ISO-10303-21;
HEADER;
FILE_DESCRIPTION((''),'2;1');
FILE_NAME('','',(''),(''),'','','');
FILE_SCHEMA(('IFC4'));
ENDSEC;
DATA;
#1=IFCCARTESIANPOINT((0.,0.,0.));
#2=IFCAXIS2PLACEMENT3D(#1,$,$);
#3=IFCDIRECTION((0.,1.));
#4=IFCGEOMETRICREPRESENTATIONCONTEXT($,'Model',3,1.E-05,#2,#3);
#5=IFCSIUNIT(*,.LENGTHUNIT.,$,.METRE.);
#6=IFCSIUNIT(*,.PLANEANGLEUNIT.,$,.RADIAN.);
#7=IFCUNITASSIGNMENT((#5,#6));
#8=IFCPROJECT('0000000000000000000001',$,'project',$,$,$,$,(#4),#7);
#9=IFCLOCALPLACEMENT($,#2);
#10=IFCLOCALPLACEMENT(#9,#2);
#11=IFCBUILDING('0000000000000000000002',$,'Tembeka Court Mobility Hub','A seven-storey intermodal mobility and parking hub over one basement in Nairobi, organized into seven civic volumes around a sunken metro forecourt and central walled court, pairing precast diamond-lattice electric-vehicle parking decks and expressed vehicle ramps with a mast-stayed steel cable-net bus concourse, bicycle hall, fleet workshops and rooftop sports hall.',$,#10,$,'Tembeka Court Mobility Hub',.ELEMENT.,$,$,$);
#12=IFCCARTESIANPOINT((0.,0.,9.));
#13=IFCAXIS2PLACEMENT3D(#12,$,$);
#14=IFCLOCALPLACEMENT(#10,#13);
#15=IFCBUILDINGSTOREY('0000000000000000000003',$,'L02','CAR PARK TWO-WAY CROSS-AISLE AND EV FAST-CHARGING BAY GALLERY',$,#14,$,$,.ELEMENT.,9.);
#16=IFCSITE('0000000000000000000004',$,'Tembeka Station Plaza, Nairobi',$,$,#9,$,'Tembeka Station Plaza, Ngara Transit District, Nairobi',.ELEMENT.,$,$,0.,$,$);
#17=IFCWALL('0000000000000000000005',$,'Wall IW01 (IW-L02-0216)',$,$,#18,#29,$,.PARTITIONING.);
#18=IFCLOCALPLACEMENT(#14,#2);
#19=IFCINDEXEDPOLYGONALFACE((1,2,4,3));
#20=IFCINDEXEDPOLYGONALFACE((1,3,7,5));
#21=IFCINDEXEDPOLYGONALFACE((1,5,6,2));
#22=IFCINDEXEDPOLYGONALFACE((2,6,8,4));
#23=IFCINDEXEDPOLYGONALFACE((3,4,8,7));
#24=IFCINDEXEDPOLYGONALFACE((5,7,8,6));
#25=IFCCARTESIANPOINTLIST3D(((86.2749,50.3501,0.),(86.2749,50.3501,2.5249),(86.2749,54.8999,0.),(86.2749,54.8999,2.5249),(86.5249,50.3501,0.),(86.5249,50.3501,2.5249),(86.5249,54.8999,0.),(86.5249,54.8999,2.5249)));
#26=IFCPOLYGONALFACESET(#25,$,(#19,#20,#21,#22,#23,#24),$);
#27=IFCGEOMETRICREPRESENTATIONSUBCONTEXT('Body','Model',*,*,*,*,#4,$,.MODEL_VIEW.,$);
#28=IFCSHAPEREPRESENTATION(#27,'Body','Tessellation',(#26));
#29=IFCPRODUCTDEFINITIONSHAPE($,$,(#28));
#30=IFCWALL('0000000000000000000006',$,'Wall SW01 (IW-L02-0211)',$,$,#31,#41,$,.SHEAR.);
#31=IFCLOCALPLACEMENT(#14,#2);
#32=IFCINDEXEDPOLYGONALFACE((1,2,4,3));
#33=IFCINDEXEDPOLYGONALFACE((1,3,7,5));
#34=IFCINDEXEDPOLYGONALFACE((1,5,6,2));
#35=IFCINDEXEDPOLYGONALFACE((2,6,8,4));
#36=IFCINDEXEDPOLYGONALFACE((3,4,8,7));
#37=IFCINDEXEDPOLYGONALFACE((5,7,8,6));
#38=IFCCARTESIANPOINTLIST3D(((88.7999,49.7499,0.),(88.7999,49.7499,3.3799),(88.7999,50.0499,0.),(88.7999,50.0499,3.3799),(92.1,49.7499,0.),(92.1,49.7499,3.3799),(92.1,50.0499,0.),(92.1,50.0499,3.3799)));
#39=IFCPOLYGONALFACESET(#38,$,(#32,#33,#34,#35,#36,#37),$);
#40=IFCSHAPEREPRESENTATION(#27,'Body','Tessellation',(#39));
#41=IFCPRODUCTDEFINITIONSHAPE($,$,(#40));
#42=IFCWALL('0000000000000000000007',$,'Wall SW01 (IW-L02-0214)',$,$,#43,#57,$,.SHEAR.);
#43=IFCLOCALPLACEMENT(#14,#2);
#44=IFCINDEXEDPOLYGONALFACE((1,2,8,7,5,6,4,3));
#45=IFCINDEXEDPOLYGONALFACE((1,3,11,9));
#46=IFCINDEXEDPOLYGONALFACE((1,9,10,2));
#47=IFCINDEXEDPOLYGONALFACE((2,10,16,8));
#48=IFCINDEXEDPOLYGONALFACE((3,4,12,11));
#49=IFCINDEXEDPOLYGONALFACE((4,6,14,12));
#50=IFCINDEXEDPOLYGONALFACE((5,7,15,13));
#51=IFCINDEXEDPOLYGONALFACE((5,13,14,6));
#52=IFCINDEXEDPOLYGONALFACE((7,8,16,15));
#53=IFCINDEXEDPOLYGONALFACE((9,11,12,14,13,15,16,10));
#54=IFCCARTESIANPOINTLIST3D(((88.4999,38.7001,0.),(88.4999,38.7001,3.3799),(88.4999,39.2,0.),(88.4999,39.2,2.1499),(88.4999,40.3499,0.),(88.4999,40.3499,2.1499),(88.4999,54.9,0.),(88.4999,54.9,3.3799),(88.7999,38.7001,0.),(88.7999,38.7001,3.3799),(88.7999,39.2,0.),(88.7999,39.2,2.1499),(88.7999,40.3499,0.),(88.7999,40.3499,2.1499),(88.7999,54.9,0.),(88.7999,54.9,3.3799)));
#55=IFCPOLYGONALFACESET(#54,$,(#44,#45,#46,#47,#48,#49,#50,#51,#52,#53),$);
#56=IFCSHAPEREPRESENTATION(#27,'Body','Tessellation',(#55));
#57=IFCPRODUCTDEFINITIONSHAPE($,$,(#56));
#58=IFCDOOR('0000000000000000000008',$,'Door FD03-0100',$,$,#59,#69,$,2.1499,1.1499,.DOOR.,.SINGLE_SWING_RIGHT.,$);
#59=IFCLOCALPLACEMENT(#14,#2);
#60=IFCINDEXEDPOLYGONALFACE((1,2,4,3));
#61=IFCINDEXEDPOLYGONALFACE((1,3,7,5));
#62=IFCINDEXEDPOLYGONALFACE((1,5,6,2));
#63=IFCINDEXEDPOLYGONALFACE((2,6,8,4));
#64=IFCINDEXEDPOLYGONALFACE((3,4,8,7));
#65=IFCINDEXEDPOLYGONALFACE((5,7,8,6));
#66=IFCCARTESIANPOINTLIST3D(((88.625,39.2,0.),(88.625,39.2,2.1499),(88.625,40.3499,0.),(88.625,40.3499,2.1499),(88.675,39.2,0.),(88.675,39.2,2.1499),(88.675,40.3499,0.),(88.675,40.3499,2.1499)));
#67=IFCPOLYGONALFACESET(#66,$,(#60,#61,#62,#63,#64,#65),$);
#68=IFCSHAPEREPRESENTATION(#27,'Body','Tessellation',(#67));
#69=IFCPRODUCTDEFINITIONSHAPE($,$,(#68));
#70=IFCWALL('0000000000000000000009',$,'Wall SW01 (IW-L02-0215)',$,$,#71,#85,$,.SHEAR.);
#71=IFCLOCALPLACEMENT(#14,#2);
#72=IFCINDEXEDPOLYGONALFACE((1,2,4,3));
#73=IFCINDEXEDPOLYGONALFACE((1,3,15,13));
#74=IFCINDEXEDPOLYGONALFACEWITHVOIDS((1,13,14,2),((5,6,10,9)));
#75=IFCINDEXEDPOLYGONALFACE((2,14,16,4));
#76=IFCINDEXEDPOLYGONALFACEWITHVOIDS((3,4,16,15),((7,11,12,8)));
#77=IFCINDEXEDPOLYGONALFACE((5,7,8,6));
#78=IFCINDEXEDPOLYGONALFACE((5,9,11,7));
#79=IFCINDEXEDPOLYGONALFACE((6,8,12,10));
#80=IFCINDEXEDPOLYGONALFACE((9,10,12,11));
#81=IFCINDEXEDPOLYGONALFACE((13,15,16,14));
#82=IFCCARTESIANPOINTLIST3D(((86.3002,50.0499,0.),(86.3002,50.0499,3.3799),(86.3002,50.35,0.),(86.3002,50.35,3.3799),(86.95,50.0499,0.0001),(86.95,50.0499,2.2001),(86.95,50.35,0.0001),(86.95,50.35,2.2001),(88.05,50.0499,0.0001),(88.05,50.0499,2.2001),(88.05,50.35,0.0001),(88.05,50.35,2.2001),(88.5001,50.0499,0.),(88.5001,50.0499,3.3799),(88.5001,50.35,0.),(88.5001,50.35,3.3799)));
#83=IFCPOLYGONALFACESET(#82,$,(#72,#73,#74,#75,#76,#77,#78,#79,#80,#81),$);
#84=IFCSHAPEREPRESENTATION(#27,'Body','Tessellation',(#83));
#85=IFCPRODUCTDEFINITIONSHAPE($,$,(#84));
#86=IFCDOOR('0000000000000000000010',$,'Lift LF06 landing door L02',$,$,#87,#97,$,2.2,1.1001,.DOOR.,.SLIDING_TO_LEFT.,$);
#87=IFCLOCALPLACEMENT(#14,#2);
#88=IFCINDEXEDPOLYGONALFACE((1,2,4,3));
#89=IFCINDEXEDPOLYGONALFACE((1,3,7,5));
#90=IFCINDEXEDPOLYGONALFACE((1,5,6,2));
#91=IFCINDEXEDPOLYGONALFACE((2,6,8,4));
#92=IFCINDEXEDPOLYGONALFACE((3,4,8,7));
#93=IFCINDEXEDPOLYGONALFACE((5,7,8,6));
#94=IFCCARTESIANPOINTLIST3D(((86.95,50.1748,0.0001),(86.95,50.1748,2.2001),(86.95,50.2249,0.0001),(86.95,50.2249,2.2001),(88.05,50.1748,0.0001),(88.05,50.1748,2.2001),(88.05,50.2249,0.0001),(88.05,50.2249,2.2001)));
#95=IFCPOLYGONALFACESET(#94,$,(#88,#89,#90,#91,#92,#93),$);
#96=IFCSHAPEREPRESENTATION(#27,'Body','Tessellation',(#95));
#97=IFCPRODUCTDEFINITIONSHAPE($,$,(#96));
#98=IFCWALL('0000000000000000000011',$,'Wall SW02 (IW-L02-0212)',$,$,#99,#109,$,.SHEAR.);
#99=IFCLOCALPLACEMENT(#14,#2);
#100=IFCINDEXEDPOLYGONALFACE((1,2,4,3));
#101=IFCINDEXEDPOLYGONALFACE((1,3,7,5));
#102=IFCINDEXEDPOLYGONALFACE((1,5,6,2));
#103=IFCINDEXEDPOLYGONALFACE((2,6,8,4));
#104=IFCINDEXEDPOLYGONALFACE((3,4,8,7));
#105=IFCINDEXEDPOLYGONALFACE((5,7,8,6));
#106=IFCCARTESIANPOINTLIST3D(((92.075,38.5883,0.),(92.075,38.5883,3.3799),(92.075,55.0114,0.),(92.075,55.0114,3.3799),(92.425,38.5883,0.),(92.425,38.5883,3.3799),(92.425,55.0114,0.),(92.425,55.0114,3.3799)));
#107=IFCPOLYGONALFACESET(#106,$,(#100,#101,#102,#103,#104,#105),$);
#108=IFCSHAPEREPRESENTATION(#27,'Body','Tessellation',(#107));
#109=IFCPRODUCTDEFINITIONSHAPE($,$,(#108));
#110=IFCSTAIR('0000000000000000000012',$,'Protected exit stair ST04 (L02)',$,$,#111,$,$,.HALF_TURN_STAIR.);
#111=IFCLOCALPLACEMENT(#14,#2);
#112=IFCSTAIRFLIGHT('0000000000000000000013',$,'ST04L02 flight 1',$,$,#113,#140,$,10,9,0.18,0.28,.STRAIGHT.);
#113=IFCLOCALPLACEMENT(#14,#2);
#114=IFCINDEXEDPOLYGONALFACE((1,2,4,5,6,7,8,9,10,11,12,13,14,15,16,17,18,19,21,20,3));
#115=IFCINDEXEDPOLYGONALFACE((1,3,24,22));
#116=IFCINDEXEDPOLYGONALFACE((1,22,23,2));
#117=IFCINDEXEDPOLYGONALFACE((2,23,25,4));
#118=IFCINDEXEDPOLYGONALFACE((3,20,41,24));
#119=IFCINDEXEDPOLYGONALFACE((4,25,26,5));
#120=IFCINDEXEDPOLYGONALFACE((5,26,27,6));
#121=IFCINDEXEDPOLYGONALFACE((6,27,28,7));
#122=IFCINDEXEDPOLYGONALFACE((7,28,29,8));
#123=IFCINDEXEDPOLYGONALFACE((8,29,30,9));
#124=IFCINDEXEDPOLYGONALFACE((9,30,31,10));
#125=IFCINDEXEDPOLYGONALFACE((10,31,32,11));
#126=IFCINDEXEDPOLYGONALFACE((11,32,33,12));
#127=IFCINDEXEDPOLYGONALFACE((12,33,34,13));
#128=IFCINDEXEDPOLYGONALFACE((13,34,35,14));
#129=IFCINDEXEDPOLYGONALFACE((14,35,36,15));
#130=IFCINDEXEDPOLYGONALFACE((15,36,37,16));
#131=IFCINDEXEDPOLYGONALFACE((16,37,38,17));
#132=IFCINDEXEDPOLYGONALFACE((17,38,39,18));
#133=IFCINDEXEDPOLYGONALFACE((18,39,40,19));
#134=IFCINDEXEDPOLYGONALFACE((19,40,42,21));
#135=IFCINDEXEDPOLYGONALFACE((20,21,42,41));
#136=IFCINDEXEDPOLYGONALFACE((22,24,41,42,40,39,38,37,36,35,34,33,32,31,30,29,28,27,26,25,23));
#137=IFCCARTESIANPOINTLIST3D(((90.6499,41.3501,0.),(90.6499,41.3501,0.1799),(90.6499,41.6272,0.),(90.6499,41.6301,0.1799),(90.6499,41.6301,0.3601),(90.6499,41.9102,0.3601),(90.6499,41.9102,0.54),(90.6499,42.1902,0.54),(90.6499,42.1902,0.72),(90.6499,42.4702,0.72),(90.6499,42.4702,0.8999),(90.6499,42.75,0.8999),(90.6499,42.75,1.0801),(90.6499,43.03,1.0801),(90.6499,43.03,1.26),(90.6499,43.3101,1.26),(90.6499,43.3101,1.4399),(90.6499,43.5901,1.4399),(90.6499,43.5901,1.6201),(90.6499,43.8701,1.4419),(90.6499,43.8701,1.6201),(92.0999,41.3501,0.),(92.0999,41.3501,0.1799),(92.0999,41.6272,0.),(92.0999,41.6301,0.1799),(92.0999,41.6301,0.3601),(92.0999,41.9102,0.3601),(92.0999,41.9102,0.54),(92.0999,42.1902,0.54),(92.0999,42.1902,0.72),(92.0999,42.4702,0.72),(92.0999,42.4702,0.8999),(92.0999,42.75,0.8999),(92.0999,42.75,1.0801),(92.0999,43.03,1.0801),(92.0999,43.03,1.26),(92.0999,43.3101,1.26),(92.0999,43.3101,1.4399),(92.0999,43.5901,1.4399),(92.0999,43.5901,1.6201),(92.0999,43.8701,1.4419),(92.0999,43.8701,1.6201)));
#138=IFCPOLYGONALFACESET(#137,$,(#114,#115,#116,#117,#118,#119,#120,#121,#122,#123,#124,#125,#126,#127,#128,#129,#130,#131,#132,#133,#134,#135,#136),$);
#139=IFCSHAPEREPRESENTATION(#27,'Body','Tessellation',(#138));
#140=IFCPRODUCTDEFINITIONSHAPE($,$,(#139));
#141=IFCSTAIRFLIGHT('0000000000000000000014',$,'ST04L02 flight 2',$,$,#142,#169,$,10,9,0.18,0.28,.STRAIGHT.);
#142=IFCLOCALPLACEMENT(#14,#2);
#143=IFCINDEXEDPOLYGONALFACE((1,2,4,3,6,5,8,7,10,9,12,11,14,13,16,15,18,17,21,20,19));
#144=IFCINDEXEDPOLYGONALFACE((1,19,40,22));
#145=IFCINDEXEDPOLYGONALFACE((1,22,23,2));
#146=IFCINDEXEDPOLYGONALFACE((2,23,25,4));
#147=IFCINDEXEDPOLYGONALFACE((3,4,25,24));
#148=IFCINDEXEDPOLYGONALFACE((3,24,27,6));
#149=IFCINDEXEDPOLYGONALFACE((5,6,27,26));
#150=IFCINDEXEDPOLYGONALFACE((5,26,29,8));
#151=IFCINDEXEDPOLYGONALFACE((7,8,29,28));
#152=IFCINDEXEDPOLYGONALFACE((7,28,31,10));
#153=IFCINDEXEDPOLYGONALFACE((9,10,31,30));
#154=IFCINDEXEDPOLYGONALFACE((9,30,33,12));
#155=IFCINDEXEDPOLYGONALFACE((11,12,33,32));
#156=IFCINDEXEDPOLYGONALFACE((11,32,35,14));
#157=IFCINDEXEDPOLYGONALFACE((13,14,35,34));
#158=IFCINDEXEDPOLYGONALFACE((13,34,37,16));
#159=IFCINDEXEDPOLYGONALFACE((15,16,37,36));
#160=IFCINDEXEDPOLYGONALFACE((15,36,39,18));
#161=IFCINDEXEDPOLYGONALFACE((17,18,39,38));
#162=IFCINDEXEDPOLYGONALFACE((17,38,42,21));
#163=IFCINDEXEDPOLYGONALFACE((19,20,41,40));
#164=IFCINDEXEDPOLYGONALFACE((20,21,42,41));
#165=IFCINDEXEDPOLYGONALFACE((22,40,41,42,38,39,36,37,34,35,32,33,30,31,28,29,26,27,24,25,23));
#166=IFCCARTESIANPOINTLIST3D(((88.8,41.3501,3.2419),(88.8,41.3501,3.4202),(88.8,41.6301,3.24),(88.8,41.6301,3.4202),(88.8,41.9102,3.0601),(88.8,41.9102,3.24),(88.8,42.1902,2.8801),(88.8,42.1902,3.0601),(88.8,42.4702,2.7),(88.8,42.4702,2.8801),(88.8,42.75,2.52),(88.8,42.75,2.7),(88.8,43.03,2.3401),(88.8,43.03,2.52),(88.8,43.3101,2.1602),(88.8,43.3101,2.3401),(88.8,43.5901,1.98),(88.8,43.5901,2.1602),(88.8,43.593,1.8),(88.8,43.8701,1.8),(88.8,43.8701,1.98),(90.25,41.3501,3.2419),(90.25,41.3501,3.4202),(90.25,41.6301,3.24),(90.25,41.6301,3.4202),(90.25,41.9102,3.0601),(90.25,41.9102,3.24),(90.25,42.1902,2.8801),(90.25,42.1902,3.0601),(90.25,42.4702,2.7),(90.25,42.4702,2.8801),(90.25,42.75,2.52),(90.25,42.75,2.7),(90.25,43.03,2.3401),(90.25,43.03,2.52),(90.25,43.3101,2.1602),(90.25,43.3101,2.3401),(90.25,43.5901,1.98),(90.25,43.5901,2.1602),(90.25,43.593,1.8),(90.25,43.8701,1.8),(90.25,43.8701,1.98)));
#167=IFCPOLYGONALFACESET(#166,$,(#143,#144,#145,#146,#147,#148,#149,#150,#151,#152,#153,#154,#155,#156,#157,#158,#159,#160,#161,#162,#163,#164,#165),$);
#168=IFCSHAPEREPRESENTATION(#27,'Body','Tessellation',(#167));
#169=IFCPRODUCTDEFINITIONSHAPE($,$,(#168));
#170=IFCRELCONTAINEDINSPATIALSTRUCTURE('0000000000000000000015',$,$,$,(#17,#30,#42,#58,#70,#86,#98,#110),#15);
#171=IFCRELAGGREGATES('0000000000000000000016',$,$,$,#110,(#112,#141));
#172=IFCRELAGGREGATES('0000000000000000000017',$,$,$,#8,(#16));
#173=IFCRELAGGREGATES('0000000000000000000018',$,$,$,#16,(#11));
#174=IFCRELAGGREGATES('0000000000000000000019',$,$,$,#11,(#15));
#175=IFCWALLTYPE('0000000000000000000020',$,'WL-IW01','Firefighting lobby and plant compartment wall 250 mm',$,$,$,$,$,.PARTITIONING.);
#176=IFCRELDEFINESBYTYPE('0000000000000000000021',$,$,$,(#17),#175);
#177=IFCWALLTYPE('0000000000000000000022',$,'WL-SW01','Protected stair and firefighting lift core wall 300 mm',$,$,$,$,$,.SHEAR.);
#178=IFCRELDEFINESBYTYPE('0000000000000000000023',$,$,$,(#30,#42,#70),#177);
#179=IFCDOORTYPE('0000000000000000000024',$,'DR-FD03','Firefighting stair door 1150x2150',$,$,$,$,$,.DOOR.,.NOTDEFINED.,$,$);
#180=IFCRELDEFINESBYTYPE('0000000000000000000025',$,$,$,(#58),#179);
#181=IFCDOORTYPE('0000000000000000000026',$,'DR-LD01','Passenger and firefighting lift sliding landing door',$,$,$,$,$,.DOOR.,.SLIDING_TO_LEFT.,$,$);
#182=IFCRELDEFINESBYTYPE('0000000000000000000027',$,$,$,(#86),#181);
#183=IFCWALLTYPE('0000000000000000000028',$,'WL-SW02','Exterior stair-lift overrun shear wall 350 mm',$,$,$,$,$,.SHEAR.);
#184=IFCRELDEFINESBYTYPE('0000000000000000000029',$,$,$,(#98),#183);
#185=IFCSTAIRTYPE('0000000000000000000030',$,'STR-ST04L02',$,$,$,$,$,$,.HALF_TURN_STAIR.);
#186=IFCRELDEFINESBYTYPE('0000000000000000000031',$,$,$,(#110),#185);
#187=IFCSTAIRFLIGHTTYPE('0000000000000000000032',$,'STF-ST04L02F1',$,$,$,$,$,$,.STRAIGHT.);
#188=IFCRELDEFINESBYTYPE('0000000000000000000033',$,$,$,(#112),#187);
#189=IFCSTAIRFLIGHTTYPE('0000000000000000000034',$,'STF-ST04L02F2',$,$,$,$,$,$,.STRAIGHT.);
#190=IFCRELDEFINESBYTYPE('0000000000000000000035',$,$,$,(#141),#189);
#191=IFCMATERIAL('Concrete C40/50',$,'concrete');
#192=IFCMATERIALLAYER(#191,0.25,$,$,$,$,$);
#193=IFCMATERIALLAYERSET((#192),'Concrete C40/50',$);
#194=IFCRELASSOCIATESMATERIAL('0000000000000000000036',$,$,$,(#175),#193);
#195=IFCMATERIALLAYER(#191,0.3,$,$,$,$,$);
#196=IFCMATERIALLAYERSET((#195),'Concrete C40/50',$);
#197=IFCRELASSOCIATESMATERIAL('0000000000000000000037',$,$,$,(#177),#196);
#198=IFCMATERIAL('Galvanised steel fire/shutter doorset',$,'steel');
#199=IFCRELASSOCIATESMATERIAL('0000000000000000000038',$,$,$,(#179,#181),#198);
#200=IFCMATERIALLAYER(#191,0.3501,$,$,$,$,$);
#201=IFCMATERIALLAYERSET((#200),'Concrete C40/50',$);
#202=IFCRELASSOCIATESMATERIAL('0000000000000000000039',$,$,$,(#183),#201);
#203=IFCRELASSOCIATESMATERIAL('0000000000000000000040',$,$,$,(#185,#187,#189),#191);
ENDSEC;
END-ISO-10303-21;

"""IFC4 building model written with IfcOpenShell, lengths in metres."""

from ifc_helpers import new_model, si_unit, direction, frame, frame_2d, origin, place, context, subcontext, project, spatial, polyline, rectangle, outline, extrude, material, layer, layer_set, type_object, element, fill, aggregate, save


model = new_model("IFC4")

# Units and contexts
model_context = context("Model", 3, precision=1e-05, world=origin(), true_north=direction((0.0, 1.0)))
body_context = subcontext(model_context, "Body", "Model", "MODEL_VIEW")
ifc_project = project(units=[si_unit("LENGTHUNIT", "METRE"), si_unit("PLANEANGLEUNIT", "RADIAN")], contexts=[model_context])

# Site, building, storey
site_placement = place(None, origin())
site = spatial("IfcSite", under=ifc_project, at=site_placement, Name="Tembeka Station Plaza, Nairobi", LongName="Tembeka Station Plaza, Ngara Transit District, Nairobi", CompositionType="ELEMENT", RefElevation=0.0)
building_placement = place(site_placement, origin())
building = spatial("IfcBuilding", under=site, at=building_placement, Name="Tembeka Court Mobility Hub", Description="A seven-storey intermodal mobility and parking hub over one basement in Nairobi, organized into seven civic volumes around a sunken metro forecourt and central walled court, pairing precast diamond-lattice electric-vehicle parking decks and expressed vehicle ramps with a mast-stayed steel cable-net bus concourse, bicycle hall, fleet workshops and rooftop sports hall.", LongName="Tembeka Court Mobility Hub", CompositionType="ELEMENT")
storey_placement = place(building_placement, frame((0.0, 0.0, 9.0)))
storey = spatial("IfcBuildingStorey", under=building, at=storey_placement, Name="L02", Description="CAR PARK TWO-WAY CROSS-AISLE AND EV FAST-CHARGING BAY GALLERY", CompositionType="ELEMENT", Elevation=9.0)

# Walls
ifc_material_1 = material(Name="Concrete C40/50", Category="concrete")
ifc_layer_1 = layer(ifc_material_1, 0.25)
ifc_layer_set_1 = layer_set([ifc_layer_1], Name="Concrete C40/50")
wall_type_1 = type_object("IfcWallType", Name="WL-IW01", Description="Firefighting lobby and plant compartment wall 250 mm", PredefinedType="PARTITIONING", material=ifc_layer_set_1)
wall_1_placement = place(storey_placement, frame((86.3999, 50.3501, 0.0), z_axis=(0.0, 0.0, 1.0), x_axis=(0.0, 1.0, 0.0)))
element("IfcWall", 1, at=wall_1_placement, inside=storey, type_object=wall_type_1, Name="Wall IW01 (IW-L02-0216)", PredefinedType="PARTITIONING", context=body_context, shape_type="SweptSolid", body=[
    extrude(rectangle(XDim=4.5498, YDim=0.25, at=frame_2d((2.2749, 0.0))), origin(), (0.0, 0.0, 1.0), 2.5249),
])
ifc_layer_2 = layer(ifc_material_1, 0.3)
ifc_layer_set_2 = layer_set([ifc_layer_2], Name="Concrete C40/50")
wall_type_2 = type_object("IfcWallType", Name="WL-SW01", Description="Protected stair and firefighting lift core wall 300 mm", PredefinedType="SHEAR", material=ifc_layer_set_2)
wall_2_placement = place(storey_placement, frame((88.8, 49.8999, 0.0), z_axis=(0.0, 0.0, 1.0), x_axis=(1.0, 0.0, 0.0)))
element("IfcWall", 2, at=wall_2_placement, inside=storey, type_object=wall_type_2, Name="Wall SW01 (IW-L02-0211)", PredefinedType="SHEAR", context=body_context, shape_type="SweptSolid", body=[
    extrude(rectangle(XDim=3.3, YDim=0.3, at=frame_2d((1.6499, 0.0))), origin(), (0.0, 0.0, 1.0), 3.3799),
])

# Walls, openings, doors
wall_3_placement = place(storey_placement, frame((88.6499, 38.7, 0.0), z_axis=(0.0, 0.0, 1.0), x_axis=(0.0, 1.0, 0.0)))
wall_3 = element("IfcWall", 3, at=wall_3_placement, inside=storey, type_object=wall_type_2, Name="Wall SW01 (IW-L02-0214)", PredefinedType="SHEAR", context=body_context, shape_type="SweptSolid", body=[
    extrude(rectangle(XDim=16.2, YDim=0.3, at=frame_2d((8.1001, 0.0))), origin(), (0.0, 0.0, 1.0), 3.3799),
])
opening_1_placement = place(wall_3_placement, frame((0.5, 0.0, 0.0)))
opening_1 = element("IfcOpeningElement", 4, at=opening_1_placement, cuts=wall_3, PredefinedType="OPENING", context=body_context, shape_type="SweptSolid", body=[
    extrude(rectangle(XDim=1.1499, YDim=2.1499, at=frame_2d((0.575, 1.075))), frame((0.0, 0.1602, 0.0), z_axis=(0.0, -1.0, 0.0), x_axis=(1.0, 0.0, 0.0)), (0.0, 0.0, 1.0), 0.3201),
])
ifc_material_2 = material(Name="Galvanised steel fire/shutter doorset", Category="steel")
door_type_1 = type_object("IfcDoorType", Name="DR-FD03", Description="Firefighting stair door 1150x2150", OperationType="NOTDEFINED", PredefinedType="DOOR", material=ifc_material_2)
door_1_placement = place(opening_1_placement, origin())
door_1 = element("IfcDoor", 5, at=door_1_placement, inside=storey, type_object=door_type_1, Name="Door FD03-0100", OperationType="SINGLE_SWING_RIGHT", OverallHeight=2.1499, OverallWidth=1.1499, PredefinedType="DOOR", context=body_context, shape_type="SweptSolid", body=[
    extrude(rectangle(XDim=1.1499, YDim=2.1499, at=frame_2d((0.575, 1.075))), frame((0.0, 0.0249, 0.0), z_axis=(0.0, -1.0, 0.0), x_axis=(1.0, 0.0, 0.0)), (0.0, 0.0, 1.0), 0.05),
])
fill(opening_1, door_1)
wall_4_placement = place(storey_placement, frame((86.3, 50.2, 0.0), z_axis=(0.0, 0.0, 1.0), x_axis=(1.0, 0.0, 0.0)))
wall_4 = element("IfcWall", 6, at=wall_4_placement, inside=storey, type_object=wall_type_2, Name="Wall SW01 (IW-L02-0215)", PredefinedType="SHEAR", context=body_context, shape_type="SweptSolid", body=[
    extrude(rectangle(XDim=2.2, YDim=0.3, at=frame_2d((1.1001, 0.0))), origin(), (0.0, 0.0, 1.0), 3.3799),
])
opening_2_placement = place(wall_4_placement, frame((0.6499, 0.0, 0.0)))
opening_2 = element("IfcOpeningElement", 7, at=opening_2_placement, cuts=wall_4, PredefinedType="OPENING", context=body_context, shape_type="SweptSolid", body=[
    extrude(rectangle(XDim=1.1001, YDim=2.2, at=frame_2d((0.55, 1.1001))), frame((0.0, 0.1602, 0.0), z_axis=(0.0, -1.0, 0.0), x_axis=(1.0, 0.0, 0.0)), (0.0, 0.0, 1.0), 0.3201),
])
door_type_2 = type_object("IfcDoorType", Name="DR-LD01", Description="Passenger and firefighting lift sliding landing door", OperationType="SLIDING_TO_LEFT", PredefinedType="DOOR", material=ifc_material_2)
door_2_placement = place(opening_2_placement, origin())
door_2 = element("IfcDoor", 8, at=door_2_placement, inside=storey, type_object=door_type_2, Name="Lift LF06 landing door L02", OperationType="SLIDING_TO_LEFT", OverallHeight=2.2, OverallWidth=1.1001, PredefinedType="DOOR", context=body_context, shape_type="SweptSolid", body=[
    extrude(rectangle(XDim=1.1001, YDim=2.2, at=frame_2d((0.55, 1.1001))), frame((0.0, 0.0249, 0.0), z_axis=(0.0, -1.0, 0.0), x_axis=(1.0, 0.0, 0.0)), (0.0, 0.0, 1.0), 0.05),
])
fill(opening_2, door_2)

# Wall
ifc_layer_3 = layer(ifc_material_1, 0.3501)
ifc_layer_set_3 = layer_set([ifc_layer_3], Name="Concrete C40/50")
wall_type_3 = type_object("IfcWallType", Name="WL-SW02", Description="Exterior stair-lift overrun shear wall 350 mm", PredefinedType="SHEAR", material=ifc_layer_set_3)
wall_5_placement = place(storey_placement, frame((92.25, 38.5884, 0.0), z_axis=(0.0, 0.0, 1.0), x_axis=(0.0, 1.0, 0.0)))
element("IfcWall", 9, at=wall_5_placement, inside=storey, type_object=wall_type_3, Name="Wall SW02 (IW-L02-0212)", PredefinedType="SHEAR", context=body_context, shape_type="SweptSolid", body=[
    extrude(rectangle(XDim=16.4231, YDim=0.3501, at=frame_2d((8.2114, 0.0))), origin(), (0.0, 0.0, 1.0), 3.3799),
])

# Stair, stair flights
stair_type = type_object("IfcStairType", Name="STR-ST04L02", PredefinedType="HALF_TURN_STAIR", material=ifc_material_1)
stair_placement = place(storey_placement, origin())
stair = element("IfcStair", 10, at=stair_placement, inside=storey, type_object=stair_type, Name="Protected exit stair ST04 (L02)", PredefinedType="HALF_TURN_STAIR")
stair_flight_type_1 = type_object("IfcStairFlightType", Name="STF-ST04L02F1", PredefinedType="STRAIGHT", material=ifc_material_1)
stair_flight_1_placement = place(storey_placement, frame((91.375, 41.3501, 0.0), z_axis=(0.0, 0.0, 1.0), x_axis=(0.0, 1.0, 0.0)))
stair_flight_1 = element("IfcStairFlight", 11, at=stair_flight_1_placement, type_object=stair_flight_type_1, Name="ST04L02 flight 1", NumberOfRisers=10, NumberOfTreads=9, PredefinedType="STRAIGHT", RiserHeight=0.18, TreadLength=0.28, context=body_context, shape_type="SweptSolid", body=[
    extrude(outline(polyline([(0.0, 0.0), (0.0, 0.1799), (0.28, 0.1799), (0.28, 0.3601), (0.5601, 0.3601), (0.5601, 0.54), (0.8401, 0.54), (0.8401, 0.72), (1.1201, 0.72), (1.1201, 0.8999), (1.3999, 0.8999), (1.3999, 1.0801), (1.6799, 1.0801), (1.6799, 1.26), (1.96, 1.26), (1.96, 1.4399), (2.24, 1.4399), (2.24, 1.6201), (2.52, 1.6201), (2.52, 1.8), (2.52, 1.4419), (0.2771, 0.0), (0.0, 0.0)])), frame((0.0, 0.7251, 0.0), z_axis=(0.0, -1.0, 0.0), x_axis=(1.0, 0.0, 0.0)), (0.0, 0.0, 1.0), 1.45),
])
stair_flight_type_2 = type_object("IfcStairFlightType", Name="STF-ST04L02F2", PredefinedType="STRAIGHT", material=ifc_material_1)
stair_flight_2_placement = place(storey_placement, frame((89.5249, 43.8701, 1.8), z_axis=(0.0, 0.0, 1.0), x_axis=(0.0, -1.0, 0.0)))
stair_flight_2 = element("IfcStairFlight", 12, at=stair_flight_2_placement, type_object=stair_flight_type_2, Name="ST04L02 flight 2", NumberOfRisers=10, NumberOfTreads=9, PredefinedType="STRAIGHT", RiserHeight=0.18, TreadLength=0.28, context=body_context, shape_type="SweptSolid", body=[
    extrude(outline(polyline([(0.0, 0.0), (0.0, 0.1799), (0.28, 0.1799), (0.28, 0.3601), (0.5601, 0.3601), (0.5601, 0.54), (0.8401, 0.54), (0.8401, 0.72), (1.1201, 0.72), (1.1201, 0.8999), (1.3999, 0.8999), (1.3999, 1.0801), (1.6799, 1.0801), (1.6799, 1.26), (1.96, 1.26), (1.96, 1.4399), (2.24, 1.4399), (2.24, 1.6201), (2.52, 1.6201), (2.52, 1.8), (2.52, 1.4419), (0.2771, 0.0), (0.0, 0.0)])), frame((0.0, 0.7251, 0.0), z_axis=(0.0, -1.0, 0.0), x_axis=(1.0, 0.0, 0.0)), (0.0, 0.0, 1.0), 1.45),
])
aggregate(stair, [stair_flight_1, stair_flight_2])

save(model, "model.ifc")
